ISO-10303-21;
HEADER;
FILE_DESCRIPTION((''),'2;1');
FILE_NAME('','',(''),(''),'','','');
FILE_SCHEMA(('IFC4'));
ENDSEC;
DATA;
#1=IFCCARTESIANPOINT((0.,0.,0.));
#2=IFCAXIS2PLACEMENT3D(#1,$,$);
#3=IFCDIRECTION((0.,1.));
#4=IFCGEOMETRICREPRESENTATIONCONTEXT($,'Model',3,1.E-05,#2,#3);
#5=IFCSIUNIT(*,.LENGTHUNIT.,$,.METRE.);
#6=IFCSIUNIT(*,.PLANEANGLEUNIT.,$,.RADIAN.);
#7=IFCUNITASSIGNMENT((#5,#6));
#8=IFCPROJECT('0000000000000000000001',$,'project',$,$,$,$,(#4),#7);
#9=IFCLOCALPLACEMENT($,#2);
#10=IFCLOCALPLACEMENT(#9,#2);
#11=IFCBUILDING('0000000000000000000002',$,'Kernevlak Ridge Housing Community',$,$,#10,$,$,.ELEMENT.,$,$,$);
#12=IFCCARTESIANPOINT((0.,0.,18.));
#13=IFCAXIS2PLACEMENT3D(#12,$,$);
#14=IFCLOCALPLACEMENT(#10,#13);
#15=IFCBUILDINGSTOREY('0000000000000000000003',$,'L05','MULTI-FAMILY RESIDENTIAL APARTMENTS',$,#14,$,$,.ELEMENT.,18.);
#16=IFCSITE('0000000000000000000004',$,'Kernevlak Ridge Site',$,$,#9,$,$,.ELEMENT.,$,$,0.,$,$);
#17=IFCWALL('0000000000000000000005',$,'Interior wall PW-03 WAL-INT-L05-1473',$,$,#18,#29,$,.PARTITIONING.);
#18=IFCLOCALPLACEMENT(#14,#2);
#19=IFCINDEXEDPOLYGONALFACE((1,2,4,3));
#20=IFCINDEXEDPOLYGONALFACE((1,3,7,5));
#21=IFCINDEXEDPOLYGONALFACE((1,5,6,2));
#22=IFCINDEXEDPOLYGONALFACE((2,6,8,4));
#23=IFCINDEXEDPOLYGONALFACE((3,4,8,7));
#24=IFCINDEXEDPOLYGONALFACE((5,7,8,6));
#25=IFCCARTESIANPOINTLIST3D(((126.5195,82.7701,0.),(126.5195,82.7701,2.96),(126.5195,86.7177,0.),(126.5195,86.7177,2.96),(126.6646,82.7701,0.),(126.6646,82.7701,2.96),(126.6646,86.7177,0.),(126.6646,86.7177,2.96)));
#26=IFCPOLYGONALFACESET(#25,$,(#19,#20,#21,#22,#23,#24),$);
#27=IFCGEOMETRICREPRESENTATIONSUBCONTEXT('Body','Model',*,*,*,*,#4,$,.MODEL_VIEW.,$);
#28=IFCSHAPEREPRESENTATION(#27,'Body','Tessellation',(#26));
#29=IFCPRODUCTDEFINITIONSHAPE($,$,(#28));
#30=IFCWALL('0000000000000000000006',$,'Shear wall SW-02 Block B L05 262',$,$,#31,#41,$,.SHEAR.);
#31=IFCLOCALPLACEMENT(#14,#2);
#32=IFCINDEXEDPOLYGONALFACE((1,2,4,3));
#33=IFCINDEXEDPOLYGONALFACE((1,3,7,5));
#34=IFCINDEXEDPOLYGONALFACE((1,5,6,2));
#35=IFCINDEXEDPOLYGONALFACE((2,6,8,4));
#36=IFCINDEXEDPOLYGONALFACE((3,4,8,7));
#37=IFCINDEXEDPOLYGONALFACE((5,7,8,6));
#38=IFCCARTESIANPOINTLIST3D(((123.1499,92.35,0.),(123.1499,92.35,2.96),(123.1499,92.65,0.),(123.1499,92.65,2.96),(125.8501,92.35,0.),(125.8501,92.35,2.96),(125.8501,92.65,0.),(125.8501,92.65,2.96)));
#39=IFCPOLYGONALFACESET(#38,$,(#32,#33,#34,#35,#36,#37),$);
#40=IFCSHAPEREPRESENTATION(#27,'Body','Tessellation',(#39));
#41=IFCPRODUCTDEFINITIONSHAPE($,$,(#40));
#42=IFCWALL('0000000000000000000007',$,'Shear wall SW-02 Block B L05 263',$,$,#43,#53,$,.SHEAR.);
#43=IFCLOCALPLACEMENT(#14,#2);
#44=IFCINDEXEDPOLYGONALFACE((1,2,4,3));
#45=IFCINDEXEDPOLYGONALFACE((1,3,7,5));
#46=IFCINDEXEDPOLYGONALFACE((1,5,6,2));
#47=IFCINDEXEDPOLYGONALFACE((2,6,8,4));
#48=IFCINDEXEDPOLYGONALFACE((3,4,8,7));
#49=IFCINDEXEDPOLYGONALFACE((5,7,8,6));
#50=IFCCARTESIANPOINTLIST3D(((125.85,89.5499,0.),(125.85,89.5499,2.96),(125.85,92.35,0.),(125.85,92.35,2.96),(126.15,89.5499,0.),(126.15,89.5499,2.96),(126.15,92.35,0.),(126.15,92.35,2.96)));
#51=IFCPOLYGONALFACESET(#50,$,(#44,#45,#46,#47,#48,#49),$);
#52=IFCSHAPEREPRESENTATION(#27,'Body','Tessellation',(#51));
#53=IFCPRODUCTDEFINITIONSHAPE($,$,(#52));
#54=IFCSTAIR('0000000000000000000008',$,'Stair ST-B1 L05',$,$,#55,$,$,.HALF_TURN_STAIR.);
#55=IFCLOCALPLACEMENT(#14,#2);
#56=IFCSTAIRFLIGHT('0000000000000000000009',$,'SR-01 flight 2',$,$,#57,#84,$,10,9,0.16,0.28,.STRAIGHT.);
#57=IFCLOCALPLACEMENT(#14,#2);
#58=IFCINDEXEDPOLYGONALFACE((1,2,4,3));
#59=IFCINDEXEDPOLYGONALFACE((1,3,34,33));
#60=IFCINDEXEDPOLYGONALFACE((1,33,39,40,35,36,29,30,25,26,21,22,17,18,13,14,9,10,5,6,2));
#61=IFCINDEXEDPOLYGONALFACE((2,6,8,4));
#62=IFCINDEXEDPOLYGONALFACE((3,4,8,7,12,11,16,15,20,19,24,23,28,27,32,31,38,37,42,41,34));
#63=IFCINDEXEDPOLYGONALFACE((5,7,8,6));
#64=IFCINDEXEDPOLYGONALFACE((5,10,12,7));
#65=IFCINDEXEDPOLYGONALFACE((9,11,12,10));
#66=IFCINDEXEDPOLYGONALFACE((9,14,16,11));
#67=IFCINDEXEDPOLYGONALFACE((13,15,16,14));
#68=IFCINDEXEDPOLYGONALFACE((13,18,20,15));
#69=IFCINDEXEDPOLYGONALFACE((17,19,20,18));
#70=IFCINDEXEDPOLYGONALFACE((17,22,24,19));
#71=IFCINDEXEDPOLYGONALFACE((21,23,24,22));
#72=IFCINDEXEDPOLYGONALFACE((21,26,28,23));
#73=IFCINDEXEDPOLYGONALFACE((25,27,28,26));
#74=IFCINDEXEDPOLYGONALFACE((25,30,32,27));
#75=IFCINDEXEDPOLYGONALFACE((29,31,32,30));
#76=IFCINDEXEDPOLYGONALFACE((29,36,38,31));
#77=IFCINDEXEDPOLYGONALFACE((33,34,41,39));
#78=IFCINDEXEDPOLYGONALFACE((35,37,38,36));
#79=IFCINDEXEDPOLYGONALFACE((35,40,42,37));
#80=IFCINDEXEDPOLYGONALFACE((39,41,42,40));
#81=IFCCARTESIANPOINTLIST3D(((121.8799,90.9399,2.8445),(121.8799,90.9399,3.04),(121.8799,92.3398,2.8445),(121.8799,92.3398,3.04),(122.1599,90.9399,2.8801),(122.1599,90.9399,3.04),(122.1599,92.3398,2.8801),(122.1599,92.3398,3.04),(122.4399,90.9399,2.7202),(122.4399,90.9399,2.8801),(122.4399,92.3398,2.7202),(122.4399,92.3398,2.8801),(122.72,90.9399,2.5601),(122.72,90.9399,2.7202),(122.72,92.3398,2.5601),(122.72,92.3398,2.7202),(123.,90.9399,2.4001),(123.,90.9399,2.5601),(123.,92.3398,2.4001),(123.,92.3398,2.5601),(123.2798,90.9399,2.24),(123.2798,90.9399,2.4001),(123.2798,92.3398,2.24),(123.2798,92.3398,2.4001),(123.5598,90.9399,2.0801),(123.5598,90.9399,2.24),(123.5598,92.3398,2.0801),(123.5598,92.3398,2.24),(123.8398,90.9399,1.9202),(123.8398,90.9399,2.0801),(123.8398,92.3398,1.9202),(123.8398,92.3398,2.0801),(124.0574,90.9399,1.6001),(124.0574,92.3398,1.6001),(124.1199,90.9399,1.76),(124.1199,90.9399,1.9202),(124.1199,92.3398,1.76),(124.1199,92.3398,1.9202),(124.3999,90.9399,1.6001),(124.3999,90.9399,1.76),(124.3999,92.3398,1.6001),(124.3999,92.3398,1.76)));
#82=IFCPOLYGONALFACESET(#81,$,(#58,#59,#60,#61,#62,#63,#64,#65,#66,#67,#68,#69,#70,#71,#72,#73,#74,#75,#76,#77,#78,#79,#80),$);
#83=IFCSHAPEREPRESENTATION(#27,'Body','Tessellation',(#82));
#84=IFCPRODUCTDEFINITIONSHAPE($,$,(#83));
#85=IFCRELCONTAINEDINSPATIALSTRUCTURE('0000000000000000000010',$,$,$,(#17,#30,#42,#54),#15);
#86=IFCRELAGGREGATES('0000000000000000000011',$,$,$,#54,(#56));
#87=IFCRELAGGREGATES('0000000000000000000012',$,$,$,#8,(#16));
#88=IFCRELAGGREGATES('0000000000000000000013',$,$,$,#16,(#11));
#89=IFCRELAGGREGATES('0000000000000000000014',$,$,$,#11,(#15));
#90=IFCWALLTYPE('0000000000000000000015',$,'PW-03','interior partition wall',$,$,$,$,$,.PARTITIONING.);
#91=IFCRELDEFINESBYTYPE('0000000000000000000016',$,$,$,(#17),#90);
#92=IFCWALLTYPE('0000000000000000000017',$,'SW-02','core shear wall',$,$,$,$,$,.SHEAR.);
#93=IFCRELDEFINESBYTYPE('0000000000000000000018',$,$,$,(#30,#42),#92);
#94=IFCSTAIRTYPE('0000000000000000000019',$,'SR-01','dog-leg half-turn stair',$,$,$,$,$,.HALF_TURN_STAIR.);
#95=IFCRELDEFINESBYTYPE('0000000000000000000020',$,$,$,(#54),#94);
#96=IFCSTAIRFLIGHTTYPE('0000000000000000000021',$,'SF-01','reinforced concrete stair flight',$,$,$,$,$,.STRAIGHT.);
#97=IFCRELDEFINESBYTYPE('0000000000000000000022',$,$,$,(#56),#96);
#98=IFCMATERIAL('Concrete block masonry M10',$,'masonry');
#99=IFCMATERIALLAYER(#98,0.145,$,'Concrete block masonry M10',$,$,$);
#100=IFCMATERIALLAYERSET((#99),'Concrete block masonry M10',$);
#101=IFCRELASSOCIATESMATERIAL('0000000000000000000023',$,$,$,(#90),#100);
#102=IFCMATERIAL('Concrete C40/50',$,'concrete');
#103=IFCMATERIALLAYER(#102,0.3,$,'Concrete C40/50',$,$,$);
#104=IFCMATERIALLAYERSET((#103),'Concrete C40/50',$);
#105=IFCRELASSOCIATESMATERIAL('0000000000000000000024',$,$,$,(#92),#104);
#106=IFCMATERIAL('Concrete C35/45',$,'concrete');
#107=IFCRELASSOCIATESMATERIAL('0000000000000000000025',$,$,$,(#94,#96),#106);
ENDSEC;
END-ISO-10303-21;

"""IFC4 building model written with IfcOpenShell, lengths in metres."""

from ifc_helpers import new_model, si_unit, direction, frame, frame_2d, origin, place, context, subcontext, project, spatial, polyline, rectangle, outline, extrude, material, layer, layer_set, type_object, element, aggregate, save


model = new_model("IFC4")

# Units and contexts
model_context = context("Model", 3, precision=1e-05, world=origin(), true_north=direction((0.0, 1.0)))
body_context = subcontext(model_context, "Body", "Model", "MODEL_VIEW")
ifc_project = project(units=[si_unit("LENGTHUNIT", "METRE"), si_unit("PLANEANGLEUNIT", "RADIAN")], contexts=[model_context])

# Site, building, storey
site_placement = place(None, origin())
site = spatial("IfcSite", under=ifc_project, at=site_placement, Name="Kernevlak Ridge Site", CompositionType="ELEMENT", RefElevation=0.0)
building_placement = place(site_placement, origin())
building = spatial("IfcBuilding", under=site, at=building_placement, Name="Kernevlak Ridge Housing Community", CompositionType="ELEMENT")
storey_placement = place(building_placement, frame((0.0, 0.0, 18.0)))
storey = spatial("IfcBuildingStorey", under=building, at=storey_placement, Name="L05", Description="MULTI-FAMILY RESIDENTIAL APARTMENTS", CompositionType="ELEMENT", Elevation=18.0)

# Shared definitions
ifc_material_1 = material(Name="Concrete C40/50", Category="concrete")

# Shared definitions
ifc_material_2 = material(Name="Concrete C35/45", Category="concrete")

# Shared definitions
ifc_material_3 = material(Name="Concrete block masonry M10", Category="masonry")

# Walls
ifc_layer_1 = layer(ifc_material_3, 0.145, Name="Concrete block masonry M10")
ifc_layer_set_1 = layer_set([ifc_layer_1], Name="Concrete block masonry M10")
wall_type_1 = type_object("IfcWallType", Name="PW-03", Description="interior partition wall", PredefinedType="PARTITIONING", material=ifc_layer_set_1)
wall_1_placement = place(storey_placement, frame((126.592, 86.7175, 0.0), z_axis=(0.0, 0.0, 1.0), x_axis=(0.0, -1.0, 0.0)))
element("IfcWall", 1, at=wall_1_placement, inside=storey, type_object=wall_type_1, Name="Interior wall PW-03 WAL-INT-L05-1473", PredefinedType="PARTITIONING", context=body_context, shape_type="SweptSolid", body=[
    extrude(rectangle(XDim=3.9475, YDim=0.145, at=frame_2d((1.9736, 0.0))), origin(), (0.0, 0.0, 1.0), 2.96),
])
ifc_layer_2 = layer(ifc_material_1, 0.3, Name="Concrete C40/50")
ifc_layer_set_2 = layer_set([ifc_layer_2], Name="Concrete C40/50")
wall_type_2 = type_object("IfcWallType", Name="SW-02", Description="core shear wall", PredefinedType="SHEAR", material=ifc_layer_set_2)
wall_2_placement = place(storey_placement, frame((123.1499, 92.5, 0.0), z_axis=(0.0, 0.0, 1.0), x_axis=(1.0, 0.0, 0.0)))
element("IfcWall", 2, at=wall_2_placement, inside=storey, type_object=wall_type_2, Name="Shear wall SW-02 Block B L05 262", PredefinedType="SHEAR", context=body_context, shape_type="SweptSolid", body=[
    extrude(rectangle(XDim=2.7002, YDim=0.3, at=frame_2d((1.3501, 0.0))), origin(), (0.0, 0.0, 1.0), 2.96),
])
wall_3_placement = place(storey_placement, frame((126.0, 89.55, 0.0), z_axis=(0.0, 0.0, 1.0), x_axis=(0.0, 1.0, 0.0)))
element("IfcWall", 3, at=wall_3_placement, inside=storey, type_object=wall_type_2, Name="Shear wall SW-02 Block B L05 263", PredefinedType="SHEAR", context=body_context, shape_type="SweptSolid", body=[
    extrude(rectangle(XDim=2.8, YDim=0.3, at=frame_2d((1.3999, 0.0))), origin(), (0.0, 0.0, 1.0), 2.96),
])

# Stair, stair flight
stair_type = type_object("IfcStairType", Name="SR-01", Description="dog-leg half-turn stair", PredefinedType="HALF_TURN_STAIR", material=ifc_material_2)
stair_placement = place(storey_placement, origin())
stair = element("IfcStair", 4, at=stair_placement, inside=storey, type_object=stair_type, Name="Stair ST-B1 L05", PredefinedType="HALF_TURN_STAIR")
stair_flight_type = type_object("IfcStairFlightType", Name="SF-01", Description="reinforced concrete stair flight", PredefinedType="STRAIGHT", material=ifc_material_2)
stair_flight_placement = place(storey_placement, frame((124.3999, 91.6399, 1.6001), z_axis=(0.0, 0.0, 1.0), x_axis=(-1.0, 0.0, 0.0)))
stair_flight = element("IfcStairFlight", 5, at=stair_flight_placement, type_object=stair_flight_type, Name="SR-01 flight 2", NumberOfRisers=10, NumberOfTreads=9, PredefinedType="STRAIGHT", RiserHeight=0.16, TreadLength=0.28, context=body_context, shape_type="SweptSolid", body=[
    extrude(outline(polyline([(0.0, 0.0), (0.0, 0.1599), (0.28, 0.1599), (0.28, 0.3201), (0.5601, 0.3201), (0.5601, 0.48), (0.8401, 0.48), (0.8401, 0.6399), (1.1201, 0.6399), (1.1201, 0.8), (1.3999, 0.8), (1.3999, 0.96), (1.6799, 0.96), (1.6799, 1.1201), (1.96, 1.1201), (1.96, 1.28), (2.24, 1.28), (2.24, 1.4399), (2.52, 1.4399), (2.52, 1.6001), (2.52, 1.2444), (0.3425, 0.0), (0.0, 0.0)])), frame((0.0, 0.7, 0.0), z_axis=(0.0, -1.0, 0.0), x_axis=(1.0, 0.0, 0.0)), (0.0, 0.0, 1.0), 1.3999),
])
aggregate(stair, [stair_flight])

save(model, "model.ifc")
